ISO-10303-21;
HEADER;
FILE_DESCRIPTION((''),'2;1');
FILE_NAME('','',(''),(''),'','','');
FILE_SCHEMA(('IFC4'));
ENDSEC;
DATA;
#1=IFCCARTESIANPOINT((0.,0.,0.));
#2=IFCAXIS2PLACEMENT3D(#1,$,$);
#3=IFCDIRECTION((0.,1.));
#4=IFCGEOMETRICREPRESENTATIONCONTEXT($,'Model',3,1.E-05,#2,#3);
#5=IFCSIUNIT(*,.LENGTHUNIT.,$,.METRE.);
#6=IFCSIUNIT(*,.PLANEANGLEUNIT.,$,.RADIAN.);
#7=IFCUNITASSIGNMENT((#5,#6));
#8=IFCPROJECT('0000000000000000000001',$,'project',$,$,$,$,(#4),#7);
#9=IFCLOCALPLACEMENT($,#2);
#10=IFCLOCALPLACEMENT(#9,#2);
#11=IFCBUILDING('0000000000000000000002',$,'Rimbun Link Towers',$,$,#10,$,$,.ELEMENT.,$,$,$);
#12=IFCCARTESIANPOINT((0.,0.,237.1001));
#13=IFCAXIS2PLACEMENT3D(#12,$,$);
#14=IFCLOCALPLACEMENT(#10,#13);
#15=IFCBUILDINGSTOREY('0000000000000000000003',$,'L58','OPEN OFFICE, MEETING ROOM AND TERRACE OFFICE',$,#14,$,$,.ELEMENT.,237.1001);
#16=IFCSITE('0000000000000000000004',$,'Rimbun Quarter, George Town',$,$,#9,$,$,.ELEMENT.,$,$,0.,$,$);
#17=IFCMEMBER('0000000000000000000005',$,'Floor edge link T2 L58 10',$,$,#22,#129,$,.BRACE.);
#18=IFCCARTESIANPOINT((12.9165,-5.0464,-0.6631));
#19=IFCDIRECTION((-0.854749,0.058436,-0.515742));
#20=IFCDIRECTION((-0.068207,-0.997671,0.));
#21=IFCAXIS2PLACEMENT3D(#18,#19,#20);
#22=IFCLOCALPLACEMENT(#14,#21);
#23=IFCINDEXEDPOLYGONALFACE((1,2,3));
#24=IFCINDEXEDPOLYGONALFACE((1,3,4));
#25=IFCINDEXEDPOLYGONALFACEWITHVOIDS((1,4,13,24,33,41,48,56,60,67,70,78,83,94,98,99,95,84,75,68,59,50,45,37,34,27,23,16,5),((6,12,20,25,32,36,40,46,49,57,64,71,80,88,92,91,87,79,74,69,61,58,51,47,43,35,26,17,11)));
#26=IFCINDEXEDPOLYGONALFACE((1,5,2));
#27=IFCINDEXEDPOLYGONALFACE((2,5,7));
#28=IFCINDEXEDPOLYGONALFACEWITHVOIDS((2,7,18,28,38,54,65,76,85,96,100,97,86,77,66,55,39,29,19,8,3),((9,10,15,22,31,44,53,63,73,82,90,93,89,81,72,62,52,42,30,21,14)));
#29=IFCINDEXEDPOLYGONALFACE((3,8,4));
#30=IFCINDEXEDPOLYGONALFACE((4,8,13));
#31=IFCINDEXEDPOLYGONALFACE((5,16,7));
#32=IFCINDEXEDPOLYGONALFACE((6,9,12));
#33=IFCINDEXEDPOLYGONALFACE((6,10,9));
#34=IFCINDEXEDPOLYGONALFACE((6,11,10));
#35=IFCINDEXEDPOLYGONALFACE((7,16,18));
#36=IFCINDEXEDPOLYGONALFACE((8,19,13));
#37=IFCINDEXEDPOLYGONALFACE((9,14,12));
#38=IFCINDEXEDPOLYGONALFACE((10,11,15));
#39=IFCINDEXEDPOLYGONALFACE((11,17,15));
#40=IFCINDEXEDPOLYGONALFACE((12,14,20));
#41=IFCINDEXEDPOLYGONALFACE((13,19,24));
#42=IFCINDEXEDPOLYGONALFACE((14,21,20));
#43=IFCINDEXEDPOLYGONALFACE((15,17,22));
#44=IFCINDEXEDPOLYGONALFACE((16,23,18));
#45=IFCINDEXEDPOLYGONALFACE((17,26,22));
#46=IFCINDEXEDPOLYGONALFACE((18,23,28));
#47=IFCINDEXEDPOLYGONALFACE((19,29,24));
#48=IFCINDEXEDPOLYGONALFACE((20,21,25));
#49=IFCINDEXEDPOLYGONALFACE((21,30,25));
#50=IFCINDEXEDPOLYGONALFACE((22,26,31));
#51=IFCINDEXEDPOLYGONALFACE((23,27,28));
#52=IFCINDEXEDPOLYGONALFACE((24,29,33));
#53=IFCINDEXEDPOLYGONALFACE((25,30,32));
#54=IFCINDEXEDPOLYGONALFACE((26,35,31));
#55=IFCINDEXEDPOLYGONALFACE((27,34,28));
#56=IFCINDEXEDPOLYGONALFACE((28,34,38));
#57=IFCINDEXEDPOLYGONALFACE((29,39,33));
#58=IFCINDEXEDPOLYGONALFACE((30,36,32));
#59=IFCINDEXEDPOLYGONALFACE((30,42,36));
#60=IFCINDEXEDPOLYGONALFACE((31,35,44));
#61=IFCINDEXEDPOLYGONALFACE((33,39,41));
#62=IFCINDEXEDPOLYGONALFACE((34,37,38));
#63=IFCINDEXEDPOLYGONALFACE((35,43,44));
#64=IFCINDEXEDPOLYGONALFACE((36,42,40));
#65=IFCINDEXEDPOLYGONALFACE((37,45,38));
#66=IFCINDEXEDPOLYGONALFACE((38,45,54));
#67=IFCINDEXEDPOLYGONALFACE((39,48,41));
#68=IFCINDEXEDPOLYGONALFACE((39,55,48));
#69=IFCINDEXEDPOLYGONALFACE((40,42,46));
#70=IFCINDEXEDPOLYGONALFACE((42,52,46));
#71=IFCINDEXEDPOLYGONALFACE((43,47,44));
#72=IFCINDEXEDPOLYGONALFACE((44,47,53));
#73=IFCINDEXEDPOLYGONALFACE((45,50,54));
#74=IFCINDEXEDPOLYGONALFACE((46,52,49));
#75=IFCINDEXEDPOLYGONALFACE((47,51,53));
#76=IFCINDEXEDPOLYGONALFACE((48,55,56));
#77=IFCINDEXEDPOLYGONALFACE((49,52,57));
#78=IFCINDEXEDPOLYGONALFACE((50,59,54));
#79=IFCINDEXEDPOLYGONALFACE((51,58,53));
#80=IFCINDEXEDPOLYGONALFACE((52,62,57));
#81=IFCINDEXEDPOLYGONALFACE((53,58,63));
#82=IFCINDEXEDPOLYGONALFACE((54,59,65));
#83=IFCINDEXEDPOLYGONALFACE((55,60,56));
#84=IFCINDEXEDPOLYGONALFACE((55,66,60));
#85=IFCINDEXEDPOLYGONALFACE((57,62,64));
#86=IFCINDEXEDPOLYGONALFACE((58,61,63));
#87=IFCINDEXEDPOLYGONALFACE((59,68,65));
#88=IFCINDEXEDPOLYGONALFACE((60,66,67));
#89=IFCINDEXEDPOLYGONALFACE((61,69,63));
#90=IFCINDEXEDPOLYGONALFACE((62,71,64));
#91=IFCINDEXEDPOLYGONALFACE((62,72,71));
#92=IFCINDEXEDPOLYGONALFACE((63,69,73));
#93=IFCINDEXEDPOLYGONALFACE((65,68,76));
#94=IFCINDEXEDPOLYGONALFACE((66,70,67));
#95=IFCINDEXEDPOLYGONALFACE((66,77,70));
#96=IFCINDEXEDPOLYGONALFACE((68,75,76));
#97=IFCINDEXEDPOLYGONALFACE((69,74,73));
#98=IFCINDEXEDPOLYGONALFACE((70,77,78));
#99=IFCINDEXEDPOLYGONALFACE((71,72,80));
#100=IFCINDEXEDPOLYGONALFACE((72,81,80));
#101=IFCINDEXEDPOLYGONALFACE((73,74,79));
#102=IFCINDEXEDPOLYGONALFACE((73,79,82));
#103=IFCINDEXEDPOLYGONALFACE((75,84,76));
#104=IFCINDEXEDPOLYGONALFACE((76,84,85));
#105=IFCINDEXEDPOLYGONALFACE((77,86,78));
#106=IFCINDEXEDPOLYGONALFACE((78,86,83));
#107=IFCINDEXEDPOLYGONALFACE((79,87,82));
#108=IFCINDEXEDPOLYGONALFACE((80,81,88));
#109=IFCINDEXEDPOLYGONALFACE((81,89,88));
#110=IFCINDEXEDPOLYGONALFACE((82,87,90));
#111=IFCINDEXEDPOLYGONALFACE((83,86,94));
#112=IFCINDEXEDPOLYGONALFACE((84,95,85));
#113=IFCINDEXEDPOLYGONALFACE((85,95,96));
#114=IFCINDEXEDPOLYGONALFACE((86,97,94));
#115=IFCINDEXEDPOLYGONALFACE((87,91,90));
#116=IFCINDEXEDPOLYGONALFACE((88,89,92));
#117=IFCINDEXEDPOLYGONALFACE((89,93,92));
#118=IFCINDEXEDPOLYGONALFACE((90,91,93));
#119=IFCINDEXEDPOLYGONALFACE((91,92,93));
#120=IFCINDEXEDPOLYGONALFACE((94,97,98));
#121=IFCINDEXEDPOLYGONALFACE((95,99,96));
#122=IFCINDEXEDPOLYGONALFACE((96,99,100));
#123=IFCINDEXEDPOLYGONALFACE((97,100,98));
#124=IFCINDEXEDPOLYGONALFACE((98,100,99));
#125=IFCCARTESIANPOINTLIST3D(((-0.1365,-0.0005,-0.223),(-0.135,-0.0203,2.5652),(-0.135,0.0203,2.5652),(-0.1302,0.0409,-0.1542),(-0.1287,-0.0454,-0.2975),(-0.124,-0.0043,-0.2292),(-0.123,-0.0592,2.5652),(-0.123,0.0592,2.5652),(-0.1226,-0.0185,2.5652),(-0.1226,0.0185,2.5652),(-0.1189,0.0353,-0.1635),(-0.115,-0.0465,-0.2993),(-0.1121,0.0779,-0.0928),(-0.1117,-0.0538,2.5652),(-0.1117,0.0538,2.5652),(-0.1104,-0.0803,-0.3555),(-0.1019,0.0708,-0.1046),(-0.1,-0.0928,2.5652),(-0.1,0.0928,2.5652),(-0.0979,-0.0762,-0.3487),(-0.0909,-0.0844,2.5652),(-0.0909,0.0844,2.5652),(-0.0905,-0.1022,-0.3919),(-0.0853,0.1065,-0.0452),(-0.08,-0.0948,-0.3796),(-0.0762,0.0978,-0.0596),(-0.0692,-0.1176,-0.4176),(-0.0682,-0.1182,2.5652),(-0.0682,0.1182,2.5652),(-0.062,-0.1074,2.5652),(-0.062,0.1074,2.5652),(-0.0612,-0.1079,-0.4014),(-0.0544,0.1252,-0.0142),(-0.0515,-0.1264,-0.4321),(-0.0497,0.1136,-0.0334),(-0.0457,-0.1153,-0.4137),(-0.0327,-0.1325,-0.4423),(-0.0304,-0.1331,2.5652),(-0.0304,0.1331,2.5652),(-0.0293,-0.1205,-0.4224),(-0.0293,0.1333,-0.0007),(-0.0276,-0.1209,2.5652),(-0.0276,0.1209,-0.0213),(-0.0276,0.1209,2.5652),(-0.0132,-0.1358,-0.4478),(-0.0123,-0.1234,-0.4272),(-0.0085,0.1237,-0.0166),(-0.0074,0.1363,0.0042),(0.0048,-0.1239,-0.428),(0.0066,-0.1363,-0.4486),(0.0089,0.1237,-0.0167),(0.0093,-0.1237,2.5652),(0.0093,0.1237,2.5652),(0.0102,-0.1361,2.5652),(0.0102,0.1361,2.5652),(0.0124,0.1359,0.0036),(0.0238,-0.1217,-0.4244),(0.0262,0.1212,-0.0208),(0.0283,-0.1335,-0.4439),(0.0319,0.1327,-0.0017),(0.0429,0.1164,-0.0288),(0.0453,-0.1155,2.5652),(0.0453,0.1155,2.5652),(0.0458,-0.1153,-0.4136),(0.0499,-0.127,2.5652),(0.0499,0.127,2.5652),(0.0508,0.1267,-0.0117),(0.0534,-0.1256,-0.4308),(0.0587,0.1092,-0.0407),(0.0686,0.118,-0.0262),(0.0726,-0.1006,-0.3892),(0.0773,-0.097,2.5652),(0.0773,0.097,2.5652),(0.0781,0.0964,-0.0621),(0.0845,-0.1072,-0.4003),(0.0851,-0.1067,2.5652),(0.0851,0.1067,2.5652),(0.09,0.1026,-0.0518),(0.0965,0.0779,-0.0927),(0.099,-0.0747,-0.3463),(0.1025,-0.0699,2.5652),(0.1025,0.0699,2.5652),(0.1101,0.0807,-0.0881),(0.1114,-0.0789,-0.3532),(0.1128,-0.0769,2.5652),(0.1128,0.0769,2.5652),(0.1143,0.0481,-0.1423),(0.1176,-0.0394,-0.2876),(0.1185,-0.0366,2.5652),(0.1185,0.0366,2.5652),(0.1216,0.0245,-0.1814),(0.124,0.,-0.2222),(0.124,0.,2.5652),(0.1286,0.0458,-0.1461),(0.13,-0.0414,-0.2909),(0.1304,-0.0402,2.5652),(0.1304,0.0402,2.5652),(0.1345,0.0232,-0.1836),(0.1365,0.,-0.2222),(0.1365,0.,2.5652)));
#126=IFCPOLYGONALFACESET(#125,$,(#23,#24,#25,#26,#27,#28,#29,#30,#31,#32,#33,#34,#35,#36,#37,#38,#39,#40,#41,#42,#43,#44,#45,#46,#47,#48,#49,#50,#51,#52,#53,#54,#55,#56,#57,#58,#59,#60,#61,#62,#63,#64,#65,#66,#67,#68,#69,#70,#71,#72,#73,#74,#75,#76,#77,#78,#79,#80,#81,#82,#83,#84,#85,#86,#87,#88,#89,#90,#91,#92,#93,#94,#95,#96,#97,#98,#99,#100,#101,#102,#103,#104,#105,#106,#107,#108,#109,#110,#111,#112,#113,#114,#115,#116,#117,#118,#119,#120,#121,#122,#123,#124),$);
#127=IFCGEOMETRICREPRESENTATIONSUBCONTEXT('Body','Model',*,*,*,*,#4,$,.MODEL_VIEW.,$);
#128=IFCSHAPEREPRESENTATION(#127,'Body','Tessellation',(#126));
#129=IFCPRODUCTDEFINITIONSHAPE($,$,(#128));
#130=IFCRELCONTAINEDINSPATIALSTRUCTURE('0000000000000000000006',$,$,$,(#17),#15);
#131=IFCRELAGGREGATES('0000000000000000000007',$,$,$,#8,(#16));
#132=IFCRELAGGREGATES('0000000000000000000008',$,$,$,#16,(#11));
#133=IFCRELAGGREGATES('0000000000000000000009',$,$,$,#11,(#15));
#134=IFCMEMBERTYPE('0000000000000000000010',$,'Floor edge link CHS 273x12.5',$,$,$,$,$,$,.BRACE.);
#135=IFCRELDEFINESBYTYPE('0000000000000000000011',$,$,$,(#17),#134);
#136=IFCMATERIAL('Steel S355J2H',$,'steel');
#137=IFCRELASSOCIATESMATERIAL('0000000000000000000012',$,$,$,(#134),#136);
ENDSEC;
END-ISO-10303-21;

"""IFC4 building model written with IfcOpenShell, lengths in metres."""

from ifc_helpers import new_model, si_unit, direction, frame, origin, origin_2d, place, context, subcontext, project, spatial, hollow_circle, extrude, clip, halfspace, material, material_profile, profile_set, type_object, element, save


model = new_model("IFC4")

# Units and contexts
model_context = context("Model", 3, precision=1e-05, world=origin(), true_north=direction((0.0, 1.0)))
body_context = subcontext(model_context, "Body", "Model", "MODEL_VIEW")
ifc_project = project(units=[si_unit("LENGTHUNIT", "METRE"), si_unit("PLANEANGLEUNIT", "RADIAN")], contexts=[model_context])

# Site, building, storey
site_placement = place(None, origin())
site = spatial("IfcSite", under=ifc_project, at=site_placement, Name="Rimbun Quarter, George Town", CompositionType="ELEMENT", RefElevation=0.0)
building_placement = place(site_placement, origin())
building = spatial("IfcBuilding", under=site, at=building_placement, Name="Rimbun Link Towers", CompositionType="ELEMENT")
storey_placement = place(building_placement, frame((0.0, 0.0, 237.1001)))
storey = spatial("IfcBuildingStorey", under=building, at=storey_placement, Name="L58", Description="OPEN OFFICE, MEETING ROOM AND TERRACE OFFICE", CompositionType="ELEMENT", Elevation=237.1001)

# Member
ifc_material_1 = material(Name="Steel S355J2H", Category="steel")
ifc_material_profile_1 = material_profile(ifc_material_1, hollow_circle(Radius=0.1365, WallThickness=0.0125, at=origin_2d()), Name="CHS 273x12.5")
ifc_profile_set_1 = profile_set([ifc_material_profile_1], Name="Steel S355J2H")
member_type_1 = type_object("IfcMemberType", Name="Floor edge link CHS 273x12.5", PredefinedType="BRACE", material=ifc_profile_set_1)
member_1_placement = place(storey_placement, frame((12.9165, -5.0464, -0.6631), z_axis=(-0.854749, 0.058436, -0.515742), x_axis=(-0.068207, -0.997671, 0.0)))
element("IfcMember", 1, at=member_1_placement, inside=storey, type_object=member_type_1, Name="Floor edge link T2 L58 10", PredefinedType="BRACE", context=body_context, shape_type="Clipping", body=[
    clip(extrude(hollow_circle(Radius=0.1365, WallThickness=0.0125, at=origin_2d()), frame((0.0, 0.0, -0.4729)), (0.0, 0.0, 1.0), 3.0381), halfspace(frame((0.0, 0.0, -0.2222), z_axis=(0.0, 0.856744, -0.515742)), False)),
])

save(model, "model.ifc")
